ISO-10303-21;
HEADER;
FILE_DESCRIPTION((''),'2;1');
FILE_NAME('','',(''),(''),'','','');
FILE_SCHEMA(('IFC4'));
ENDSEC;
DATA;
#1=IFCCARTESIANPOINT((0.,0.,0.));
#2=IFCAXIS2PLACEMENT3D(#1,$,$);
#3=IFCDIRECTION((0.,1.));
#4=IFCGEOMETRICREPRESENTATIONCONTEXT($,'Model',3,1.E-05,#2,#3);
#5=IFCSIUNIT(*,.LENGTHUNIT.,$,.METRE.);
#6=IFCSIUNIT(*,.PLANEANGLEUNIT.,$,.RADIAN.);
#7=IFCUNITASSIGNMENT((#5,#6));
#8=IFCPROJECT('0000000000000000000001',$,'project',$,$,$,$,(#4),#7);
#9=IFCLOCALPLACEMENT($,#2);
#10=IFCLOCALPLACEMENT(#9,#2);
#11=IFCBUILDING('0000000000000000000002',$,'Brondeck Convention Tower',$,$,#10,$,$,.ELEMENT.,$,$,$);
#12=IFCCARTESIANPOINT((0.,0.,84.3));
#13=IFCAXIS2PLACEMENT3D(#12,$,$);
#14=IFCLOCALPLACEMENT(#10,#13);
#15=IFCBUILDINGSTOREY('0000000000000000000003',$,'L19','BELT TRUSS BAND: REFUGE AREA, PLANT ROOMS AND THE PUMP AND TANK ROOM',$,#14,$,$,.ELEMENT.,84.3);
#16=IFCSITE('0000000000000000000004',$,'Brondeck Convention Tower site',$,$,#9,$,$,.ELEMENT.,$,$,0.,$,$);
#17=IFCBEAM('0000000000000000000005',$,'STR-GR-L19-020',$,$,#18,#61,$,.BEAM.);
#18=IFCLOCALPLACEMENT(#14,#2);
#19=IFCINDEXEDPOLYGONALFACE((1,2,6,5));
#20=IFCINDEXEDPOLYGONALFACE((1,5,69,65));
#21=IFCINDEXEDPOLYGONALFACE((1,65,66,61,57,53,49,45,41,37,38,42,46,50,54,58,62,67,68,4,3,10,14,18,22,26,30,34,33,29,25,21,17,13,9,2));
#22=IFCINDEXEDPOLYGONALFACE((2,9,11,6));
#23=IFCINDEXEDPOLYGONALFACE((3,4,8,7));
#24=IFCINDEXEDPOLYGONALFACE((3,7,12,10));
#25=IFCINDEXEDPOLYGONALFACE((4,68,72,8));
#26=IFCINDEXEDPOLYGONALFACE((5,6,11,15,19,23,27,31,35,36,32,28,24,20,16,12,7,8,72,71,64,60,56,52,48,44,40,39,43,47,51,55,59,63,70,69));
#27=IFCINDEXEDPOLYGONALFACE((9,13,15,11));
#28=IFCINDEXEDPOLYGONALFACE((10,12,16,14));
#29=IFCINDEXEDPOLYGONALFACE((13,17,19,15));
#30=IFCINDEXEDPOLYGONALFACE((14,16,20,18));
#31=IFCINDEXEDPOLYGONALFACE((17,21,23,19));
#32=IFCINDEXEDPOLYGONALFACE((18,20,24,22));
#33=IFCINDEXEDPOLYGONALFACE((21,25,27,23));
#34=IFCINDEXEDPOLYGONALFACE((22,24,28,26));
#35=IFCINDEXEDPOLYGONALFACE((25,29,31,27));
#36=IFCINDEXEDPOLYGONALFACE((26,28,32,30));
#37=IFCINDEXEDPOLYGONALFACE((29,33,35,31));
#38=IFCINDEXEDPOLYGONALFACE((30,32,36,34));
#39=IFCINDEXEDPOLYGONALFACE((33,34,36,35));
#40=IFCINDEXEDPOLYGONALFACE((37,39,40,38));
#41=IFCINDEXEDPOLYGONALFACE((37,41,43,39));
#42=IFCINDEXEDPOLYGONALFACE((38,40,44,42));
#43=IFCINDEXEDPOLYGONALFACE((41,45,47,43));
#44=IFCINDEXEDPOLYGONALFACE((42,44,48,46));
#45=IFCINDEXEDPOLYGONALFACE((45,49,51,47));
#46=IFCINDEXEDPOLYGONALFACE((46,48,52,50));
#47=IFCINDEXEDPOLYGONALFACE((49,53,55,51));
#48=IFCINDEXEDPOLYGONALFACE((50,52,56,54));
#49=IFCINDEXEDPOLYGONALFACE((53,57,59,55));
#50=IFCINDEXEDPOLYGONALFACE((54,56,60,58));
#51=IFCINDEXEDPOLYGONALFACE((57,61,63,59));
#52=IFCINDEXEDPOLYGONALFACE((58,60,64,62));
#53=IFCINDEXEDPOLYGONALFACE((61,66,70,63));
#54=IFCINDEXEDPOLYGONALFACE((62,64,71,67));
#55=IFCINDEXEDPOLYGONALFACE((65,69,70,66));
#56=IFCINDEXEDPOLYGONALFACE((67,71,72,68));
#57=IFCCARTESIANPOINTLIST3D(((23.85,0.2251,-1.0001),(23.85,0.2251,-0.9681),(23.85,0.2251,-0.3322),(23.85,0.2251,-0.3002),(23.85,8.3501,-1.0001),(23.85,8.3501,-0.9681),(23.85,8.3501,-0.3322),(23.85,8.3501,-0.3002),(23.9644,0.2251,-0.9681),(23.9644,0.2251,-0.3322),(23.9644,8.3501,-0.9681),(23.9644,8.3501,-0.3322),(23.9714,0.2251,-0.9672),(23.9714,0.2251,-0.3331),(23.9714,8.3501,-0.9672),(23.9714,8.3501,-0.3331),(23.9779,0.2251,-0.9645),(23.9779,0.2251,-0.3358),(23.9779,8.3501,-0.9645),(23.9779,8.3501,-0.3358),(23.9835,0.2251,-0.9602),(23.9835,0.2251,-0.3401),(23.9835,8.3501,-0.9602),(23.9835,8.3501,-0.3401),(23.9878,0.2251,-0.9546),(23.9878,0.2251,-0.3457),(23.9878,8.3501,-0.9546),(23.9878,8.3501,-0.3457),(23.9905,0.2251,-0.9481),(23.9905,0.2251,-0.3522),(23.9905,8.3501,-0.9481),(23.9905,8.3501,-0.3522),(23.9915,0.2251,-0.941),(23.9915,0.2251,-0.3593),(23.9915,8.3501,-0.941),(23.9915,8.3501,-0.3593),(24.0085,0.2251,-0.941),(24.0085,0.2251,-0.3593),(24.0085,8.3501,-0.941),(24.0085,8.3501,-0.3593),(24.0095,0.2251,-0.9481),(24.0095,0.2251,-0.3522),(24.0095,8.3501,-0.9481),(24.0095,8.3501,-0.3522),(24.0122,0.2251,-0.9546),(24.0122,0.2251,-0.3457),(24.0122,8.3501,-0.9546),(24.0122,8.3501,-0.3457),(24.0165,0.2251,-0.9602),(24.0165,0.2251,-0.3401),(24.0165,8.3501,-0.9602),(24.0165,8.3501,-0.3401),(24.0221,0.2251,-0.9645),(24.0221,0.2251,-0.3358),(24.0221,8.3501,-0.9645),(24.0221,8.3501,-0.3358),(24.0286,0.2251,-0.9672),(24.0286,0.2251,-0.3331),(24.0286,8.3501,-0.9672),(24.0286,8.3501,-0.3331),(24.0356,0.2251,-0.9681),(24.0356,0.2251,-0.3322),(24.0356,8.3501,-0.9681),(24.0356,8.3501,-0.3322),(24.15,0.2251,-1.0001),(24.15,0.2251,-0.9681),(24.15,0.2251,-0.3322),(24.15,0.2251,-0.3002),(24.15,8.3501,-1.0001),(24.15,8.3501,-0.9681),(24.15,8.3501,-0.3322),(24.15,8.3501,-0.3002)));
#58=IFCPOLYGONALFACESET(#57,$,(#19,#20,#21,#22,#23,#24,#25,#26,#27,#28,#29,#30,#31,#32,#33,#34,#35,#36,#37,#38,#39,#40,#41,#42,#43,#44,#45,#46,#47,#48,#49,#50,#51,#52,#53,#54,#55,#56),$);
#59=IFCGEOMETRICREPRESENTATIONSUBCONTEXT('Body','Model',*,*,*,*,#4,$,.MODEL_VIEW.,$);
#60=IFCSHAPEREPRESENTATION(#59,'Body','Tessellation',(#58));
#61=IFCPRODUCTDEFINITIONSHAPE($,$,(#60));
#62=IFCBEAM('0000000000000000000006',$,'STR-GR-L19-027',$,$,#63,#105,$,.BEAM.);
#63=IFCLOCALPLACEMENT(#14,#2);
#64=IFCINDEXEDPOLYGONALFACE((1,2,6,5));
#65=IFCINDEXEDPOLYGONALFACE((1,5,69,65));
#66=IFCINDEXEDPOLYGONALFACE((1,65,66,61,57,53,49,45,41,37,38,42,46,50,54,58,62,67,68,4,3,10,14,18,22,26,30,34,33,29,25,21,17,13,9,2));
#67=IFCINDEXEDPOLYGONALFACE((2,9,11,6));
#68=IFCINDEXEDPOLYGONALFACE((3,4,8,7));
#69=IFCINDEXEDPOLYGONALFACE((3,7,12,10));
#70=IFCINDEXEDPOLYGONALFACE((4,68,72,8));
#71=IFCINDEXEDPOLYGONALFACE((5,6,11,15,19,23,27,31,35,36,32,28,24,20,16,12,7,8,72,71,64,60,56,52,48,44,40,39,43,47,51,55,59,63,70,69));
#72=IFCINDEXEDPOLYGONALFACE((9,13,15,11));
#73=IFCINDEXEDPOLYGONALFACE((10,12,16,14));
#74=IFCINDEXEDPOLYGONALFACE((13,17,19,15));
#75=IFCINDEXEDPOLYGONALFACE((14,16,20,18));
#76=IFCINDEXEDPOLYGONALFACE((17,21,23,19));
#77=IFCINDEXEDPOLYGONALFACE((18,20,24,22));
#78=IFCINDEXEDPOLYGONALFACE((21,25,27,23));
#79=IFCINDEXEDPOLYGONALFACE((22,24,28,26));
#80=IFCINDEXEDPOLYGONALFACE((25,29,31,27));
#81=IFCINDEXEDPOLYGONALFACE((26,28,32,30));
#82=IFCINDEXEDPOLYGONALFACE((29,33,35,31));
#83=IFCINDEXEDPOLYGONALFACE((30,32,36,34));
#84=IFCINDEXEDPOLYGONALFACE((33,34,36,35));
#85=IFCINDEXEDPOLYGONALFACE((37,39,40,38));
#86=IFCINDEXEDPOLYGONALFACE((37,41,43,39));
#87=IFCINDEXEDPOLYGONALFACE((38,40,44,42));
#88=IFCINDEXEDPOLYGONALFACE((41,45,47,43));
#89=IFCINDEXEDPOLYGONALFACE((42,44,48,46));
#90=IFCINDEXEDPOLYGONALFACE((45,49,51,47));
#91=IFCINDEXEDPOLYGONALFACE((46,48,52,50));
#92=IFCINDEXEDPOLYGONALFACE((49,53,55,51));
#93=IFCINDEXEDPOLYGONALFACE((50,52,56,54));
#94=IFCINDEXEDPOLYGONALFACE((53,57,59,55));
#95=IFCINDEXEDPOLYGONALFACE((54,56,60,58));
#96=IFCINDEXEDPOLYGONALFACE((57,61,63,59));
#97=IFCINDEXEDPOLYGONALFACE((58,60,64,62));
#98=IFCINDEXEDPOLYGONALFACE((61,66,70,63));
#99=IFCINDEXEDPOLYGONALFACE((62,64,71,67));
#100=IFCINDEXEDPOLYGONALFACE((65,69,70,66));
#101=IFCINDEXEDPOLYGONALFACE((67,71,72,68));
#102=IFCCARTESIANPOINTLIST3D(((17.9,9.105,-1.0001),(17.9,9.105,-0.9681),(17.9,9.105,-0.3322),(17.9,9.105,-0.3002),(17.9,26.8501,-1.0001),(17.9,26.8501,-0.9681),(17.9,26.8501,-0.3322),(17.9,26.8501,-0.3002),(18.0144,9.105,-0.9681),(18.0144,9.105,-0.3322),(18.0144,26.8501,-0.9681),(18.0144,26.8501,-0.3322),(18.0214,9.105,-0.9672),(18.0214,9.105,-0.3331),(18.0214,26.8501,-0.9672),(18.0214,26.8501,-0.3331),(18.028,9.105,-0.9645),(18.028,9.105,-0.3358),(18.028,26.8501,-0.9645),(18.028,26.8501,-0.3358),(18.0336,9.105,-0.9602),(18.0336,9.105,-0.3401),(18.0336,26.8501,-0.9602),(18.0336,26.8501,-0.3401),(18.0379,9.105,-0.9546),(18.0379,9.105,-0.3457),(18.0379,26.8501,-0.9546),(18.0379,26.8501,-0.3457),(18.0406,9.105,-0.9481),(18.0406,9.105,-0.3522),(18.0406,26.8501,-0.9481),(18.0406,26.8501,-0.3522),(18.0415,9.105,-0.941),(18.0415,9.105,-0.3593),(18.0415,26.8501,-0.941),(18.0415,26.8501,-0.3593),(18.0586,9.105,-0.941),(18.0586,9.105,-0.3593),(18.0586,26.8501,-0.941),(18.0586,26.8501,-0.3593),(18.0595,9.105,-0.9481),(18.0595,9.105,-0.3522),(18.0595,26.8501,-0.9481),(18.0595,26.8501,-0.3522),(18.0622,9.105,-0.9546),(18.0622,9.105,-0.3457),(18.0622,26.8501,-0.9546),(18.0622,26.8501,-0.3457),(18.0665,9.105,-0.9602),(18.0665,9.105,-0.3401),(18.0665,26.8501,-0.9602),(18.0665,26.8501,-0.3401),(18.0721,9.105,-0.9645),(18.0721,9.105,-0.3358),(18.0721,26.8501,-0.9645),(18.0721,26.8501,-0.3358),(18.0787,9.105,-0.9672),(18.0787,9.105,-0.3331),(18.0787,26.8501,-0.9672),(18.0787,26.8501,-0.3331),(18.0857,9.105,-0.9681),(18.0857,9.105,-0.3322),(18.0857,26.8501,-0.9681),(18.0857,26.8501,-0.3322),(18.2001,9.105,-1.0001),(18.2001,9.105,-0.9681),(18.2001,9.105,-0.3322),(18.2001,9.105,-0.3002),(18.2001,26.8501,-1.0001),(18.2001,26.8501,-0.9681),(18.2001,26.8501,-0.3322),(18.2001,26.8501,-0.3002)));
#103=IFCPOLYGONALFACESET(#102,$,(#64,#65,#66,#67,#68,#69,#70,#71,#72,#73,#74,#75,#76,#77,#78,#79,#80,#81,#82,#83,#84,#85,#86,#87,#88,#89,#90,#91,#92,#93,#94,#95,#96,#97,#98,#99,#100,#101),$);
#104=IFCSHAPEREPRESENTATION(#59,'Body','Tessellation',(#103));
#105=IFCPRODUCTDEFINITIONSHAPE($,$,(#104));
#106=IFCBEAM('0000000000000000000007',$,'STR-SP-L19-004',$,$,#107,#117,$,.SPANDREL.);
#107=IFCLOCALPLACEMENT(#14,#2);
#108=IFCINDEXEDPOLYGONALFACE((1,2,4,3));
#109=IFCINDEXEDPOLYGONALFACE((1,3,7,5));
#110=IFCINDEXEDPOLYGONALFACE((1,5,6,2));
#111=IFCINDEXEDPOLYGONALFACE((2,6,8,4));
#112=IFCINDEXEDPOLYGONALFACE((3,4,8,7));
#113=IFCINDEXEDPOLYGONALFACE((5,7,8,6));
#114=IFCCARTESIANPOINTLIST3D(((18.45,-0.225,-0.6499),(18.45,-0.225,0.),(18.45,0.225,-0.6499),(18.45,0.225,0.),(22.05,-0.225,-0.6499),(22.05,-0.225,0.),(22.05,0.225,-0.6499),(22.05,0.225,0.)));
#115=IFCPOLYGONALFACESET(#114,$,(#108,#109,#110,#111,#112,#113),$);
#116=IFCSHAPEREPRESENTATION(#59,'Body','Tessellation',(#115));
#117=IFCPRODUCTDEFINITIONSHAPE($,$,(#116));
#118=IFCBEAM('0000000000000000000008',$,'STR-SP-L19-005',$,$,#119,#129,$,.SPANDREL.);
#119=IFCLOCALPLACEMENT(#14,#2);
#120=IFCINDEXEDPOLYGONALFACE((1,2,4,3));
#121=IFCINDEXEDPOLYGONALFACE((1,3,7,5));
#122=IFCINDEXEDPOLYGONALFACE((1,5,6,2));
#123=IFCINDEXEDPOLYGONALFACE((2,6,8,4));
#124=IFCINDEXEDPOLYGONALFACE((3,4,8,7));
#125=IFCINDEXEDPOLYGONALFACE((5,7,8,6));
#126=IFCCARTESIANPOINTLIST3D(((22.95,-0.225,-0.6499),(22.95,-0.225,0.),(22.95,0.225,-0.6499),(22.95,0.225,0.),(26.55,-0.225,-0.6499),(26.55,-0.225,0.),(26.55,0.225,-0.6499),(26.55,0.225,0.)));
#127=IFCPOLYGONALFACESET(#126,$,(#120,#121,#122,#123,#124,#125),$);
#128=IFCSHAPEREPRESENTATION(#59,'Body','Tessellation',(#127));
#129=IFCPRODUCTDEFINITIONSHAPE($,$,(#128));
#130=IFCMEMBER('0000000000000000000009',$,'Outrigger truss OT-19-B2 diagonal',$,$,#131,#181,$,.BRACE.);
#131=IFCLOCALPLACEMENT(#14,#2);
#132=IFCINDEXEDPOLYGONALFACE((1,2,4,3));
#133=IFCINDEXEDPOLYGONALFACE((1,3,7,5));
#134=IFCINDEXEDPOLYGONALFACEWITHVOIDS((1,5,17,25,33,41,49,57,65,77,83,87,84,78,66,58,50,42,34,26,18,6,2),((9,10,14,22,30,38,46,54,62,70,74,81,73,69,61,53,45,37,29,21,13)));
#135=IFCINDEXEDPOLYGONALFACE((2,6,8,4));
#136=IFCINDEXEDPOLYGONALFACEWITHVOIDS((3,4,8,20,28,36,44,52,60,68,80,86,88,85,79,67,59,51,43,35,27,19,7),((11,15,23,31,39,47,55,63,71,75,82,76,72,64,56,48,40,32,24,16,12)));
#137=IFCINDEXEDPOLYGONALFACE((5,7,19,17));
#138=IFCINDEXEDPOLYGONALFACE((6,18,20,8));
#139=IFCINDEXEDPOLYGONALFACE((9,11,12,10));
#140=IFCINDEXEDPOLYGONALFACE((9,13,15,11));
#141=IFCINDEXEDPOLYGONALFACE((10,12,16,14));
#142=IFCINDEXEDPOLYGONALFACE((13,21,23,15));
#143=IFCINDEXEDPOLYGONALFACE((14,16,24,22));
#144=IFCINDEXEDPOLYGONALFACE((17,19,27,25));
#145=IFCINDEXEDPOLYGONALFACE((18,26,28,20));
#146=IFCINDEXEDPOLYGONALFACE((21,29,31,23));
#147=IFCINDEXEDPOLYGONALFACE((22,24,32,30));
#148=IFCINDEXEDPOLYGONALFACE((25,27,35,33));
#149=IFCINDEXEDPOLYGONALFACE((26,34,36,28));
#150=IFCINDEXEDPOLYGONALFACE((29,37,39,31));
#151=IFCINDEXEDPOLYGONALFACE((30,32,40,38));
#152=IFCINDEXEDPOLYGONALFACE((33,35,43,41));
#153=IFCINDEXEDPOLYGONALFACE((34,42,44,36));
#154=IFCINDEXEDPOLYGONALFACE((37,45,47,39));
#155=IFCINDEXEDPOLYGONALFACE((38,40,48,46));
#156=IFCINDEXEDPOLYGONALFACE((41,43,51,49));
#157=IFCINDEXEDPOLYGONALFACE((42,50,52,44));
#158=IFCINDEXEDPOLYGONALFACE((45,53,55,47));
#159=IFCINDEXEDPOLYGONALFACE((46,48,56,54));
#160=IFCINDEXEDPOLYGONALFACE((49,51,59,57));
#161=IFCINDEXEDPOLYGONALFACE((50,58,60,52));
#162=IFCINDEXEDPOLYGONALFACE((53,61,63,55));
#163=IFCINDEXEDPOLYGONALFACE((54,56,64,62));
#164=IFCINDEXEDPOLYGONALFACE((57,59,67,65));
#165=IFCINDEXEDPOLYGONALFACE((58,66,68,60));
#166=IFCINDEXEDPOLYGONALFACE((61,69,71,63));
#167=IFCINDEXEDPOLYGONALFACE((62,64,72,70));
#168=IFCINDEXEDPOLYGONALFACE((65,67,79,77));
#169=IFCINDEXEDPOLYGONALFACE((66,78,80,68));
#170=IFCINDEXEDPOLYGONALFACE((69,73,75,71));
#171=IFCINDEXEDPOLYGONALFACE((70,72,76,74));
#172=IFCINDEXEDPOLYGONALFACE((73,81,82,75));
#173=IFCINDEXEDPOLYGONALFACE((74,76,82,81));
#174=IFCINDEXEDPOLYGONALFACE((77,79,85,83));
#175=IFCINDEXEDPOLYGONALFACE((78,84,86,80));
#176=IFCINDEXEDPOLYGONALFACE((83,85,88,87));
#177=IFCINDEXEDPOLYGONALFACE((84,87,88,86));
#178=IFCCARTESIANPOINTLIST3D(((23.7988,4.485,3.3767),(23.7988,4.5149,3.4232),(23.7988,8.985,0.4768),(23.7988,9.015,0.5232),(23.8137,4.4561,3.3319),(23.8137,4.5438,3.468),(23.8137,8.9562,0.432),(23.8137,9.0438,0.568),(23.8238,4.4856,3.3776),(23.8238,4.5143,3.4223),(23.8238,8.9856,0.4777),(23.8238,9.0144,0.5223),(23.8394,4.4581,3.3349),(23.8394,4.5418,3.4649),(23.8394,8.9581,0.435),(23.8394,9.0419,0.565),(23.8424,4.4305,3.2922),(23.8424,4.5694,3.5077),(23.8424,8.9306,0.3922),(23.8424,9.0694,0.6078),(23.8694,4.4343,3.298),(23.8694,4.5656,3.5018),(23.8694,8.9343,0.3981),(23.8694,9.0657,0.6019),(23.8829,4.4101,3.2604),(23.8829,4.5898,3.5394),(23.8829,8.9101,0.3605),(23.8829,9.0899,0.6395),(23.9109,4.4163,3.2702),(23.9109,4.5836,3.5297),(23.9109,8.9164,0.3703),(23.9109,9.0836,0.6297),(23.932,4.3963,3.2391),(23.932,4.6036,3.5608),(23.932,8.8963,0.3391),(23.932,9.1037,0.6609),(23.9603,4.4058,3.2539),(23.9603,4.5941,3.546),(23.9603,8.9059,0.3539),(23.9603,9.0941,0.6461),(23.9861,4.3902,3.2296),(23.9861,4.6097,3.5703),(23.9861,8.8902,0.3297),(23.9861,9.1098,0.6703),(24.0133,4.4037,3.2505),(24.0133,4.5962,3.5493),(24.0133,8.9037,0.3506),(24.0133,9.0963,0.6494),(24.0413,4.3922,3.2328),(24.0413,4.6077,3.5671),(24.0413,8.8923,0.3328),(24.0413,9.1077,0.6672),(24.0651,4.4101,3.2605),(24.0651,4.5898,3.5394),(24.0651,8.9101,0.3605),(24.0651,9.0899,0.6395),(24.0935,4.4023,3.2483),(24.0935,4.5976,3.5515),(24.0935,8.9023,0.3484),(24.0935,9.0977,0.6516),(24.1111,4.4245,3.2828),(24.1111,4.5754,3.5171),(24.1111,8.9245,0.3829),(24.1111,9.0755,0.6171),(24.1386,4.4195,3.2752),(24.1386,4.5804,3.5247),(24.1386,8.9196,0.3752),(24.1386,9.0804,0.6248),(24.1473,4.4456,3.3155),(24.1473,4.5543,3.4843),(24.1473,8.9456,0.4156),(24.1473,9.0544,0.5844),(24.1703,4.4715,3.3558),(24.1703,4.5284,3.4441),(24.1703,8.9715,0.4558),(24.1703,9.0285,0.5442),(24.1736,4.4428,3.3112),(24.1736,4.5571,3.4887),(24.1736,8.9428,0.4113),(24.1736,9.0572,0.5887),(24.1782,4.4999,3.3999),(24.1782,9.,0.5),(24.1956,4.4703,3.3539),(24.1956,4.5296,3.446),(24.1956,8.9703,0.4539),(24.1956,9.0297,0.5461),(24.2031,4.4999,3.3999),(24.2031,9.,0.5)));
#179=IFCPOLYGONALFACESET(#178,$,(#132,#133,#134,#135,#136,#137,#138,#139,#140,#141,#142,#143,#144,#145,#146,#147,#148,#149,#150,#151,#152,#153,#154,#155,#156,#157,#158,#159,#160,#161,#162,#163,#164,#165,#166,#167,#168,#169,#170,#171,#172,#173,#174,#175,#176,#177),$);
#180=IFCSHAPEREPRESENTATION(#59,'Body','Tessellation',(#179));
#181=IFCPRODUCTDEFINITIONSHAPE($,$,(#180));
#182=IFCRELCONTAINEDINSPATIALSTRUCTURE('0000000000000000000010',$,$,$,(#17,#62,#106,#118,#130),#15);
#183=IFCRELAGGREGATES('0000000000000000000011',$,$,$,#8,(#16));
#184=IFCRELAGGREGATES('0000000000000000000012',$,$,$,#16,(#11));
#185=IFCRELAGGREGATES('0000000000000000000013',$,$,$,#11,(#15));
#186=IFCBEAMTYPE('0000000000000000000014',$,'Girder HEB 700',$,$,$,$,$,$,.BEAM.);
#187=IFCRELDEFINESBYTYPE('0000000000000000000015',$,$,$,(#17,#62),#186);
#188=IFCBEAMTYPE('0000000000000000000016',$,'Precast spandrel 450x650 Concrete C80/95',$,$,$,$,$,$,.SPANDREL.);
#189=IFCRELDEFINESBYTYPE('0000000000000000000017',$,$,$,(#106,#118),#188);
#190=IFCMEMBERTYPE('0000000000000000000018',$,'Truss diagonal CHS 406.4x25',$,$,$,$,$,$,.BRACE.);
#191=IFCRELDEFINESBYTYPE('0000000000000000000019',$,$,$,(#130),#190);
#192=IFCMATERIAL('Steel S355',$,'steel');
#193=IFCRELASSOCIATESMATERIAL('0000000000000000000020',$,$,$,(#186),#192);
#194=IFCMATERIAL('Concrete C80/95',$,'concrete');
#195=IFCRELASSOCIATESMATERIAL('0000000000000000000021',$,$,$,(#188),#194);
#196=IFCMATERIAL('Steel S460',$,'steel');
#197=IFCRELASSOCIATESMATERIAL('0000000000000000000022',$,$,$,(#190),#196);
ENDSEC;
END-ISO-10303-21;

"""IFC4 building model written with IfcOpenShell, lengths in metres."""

from ifc_helpers import new_model, si_unit, direction, frame, origin, origin_2d, place, context, subcontext, project, spatial, rectangle, hollow_circle, i_section, extrude, material, material_profile, profile_set, type_object, element, save


model = new_model("IFC4")

# Units and contexts
model_context = context("Model", 3, precision=1e-05, world=origin(), true_north=direction((0.0, 1.0)))
body_context = subcontext(model_context, "Body", "Model", "MODEL_VIEW")
ifc_project = project(units=[si_unit("LENGTHUNIT", "METRE"), si_unit("PLANEANGLEUNIT", "RADIAN")], contexts=[model_context])

# Site, building, storey
site_placement = place(None, origin())
site = spatial("IfcSite", under=ifc_project, at=site_placement, Name="Brondeck Convention Tower site", CompositionType="ELEMENT", RefElevation=0.0)
building_placement = place(site_placement, origin())
building = spatial("IfcBuilding", under=site, at=building_placement, Name="Brondeck Convention Tower", CompositionType="ELEMENT")
storey_placement = place(building_placement, frame((0.0, 0.0, 84.3)))
storey = spatial("IfcBuildingStorey", under=building, at=storey_placement, Name="L19", Description="BELT TRUSS BAND: REFUGE AREA, PLANT ROOMS AND THE PUMP AND TANK ROOM", CompositionType="ELEMENT", Elevation=84.3)

# Shared definitions
ifc_material_1 = material(Name="Concrete C80/95", Category="concrete")

# Shared definitions
ifc_material_2 = material(Name="Steel S460", Category="steel")

# Beams
ifc_material_3 = material(Name="Steel S355", Category="steel")
ifc_material_profile_1 = material_profile(ifc_material_3, i_section(OverallWidth=0.3, OverallDepth=0.7, WebThickness=0.0171, FlangeThickness=0.032, FilletRadius=0.0271, at=origin_2d()), Name="HEB 700")
ifc_profile_set_1 = profile_set([ifc_material_profile_1], Name="Steel S355")
beam_type_1 = type_object("IfcBeamType", Name="Girder HEB 700", PredefinedType="BEAM", material=ifc_profile_set_1)
beam_1_placement = place(storey_placement, frame((24.0, 8.3501, -0.6501), z_axis=(0.0, -1.0, 0.0), x_axis=(1.0, 0.0, 0.0)))
element("IfcBeam", 1, at=beam_1_placement, inside=storey, type_object=beam_type_1, Name="STR-GR-L19-020", PredefinedType="BEAM", context=body_context, shape_type="SweptSolid", body=[
    extrude(i_section(OverallWidth=0.3, OverallDepth=0.7, WebThickness=0.0171, FlangeThickness=0.032, FilletRadius=0.0271, at=origin_2d()), origin(), (0.0, 0.0, 1.0), 8.125),
])
beam_2_placement = place(storey_placement, frame((18.05, 9.105, -0.6501), z_axis=(0.0, 1.0, 0.0), x_axis=(-1.0, 0.0, 0.0)))
element("IfcBeam", 2, at=beam_2_placement, inside=storey, type_object=beam_type_1, Name="STR-GR-L19-027", PredefinedType="BEAM", context=body_context, shape_type="SweptSolid", body=[
    extrude(i_section(OverallWidth=0.3, OverallDepth=0.7, WebThickness=0.0171, FlangeThickness=0.032, FilletRadius=0.0271, at=origin_2d()), origin(), (0.0, 0.0, 1.0), 17.7451),
])
ifc_material_profile_2 = material_profile(ifc_material_1, rectangle(XDim=0.45, YDim=0.6499, at=origin_2d()), Name="Precast spandrel 450x650 Concrete C80/95")
ifc_profile_set_2 = profile_set([ifc_material_profile_2], Name="Concrete C80/95")
beam_type_2 = type_object("IfcBeamType", Name="Precast spandrel 450x650 Concrete C80/95", PredefinedType="SPANDREL", material=ifc_profile_set_2)
for number, where, z_axis, x_axis, name in (
    (3, (18.45, 0.0, -0.325), (1.0, 0.0, 0.0), (0.0, 1.0, 0.0), "STR-SP-L19-004"),
    (4, (22.95, 0.0, -0.325), (1.0, 0.0, 0.0), (0.0, 1.0, 0.0), "STR-SP-L19-005"),
):
    element("IfcBeam", number, at=place(storey_placement, frame(where, z_axis=z_axis, x_axis=x_axis)), inside=storey, type_object=beam_type_2, Name=name, PredefinedType="SPANDREL", context=body_context, shape_type="SweptSolid", body=[
        extrude(rectangle(XDim=0.45, YDim=0.6499, at=origin_2d()), origin(), (0.0, 0.0, 1.0), 3.6001),
    ])

# Member
ifc_material_profile_3 = material_profile(ifc_material_2, hollow_circle(Radius=0.2031, WallThickness=0.0249, at=origin_2d()), Name="CHS 406.4x25")
ifc_profile_set_3 = profile_set([ifc_material_profile_3], Name="Steel S460")
member_type_1 = type_object("IfcMemberType", Name="Truss diagonal CHS 406.4x25", PredefinedType="BRACE", material=ifc_profile_set_3)
for number, where, z_axis, x_axis, name in (
    (5, (24.0, 9.0, 0.5), (0.0, -0.840579, 0.541688), (1.0, 0.0, 0.0), "Outrigger truss OT-19-B2 diagonal"),
):
    element("IfcMember", number, at=place(storey_placement, frame(where, z_axis=z_axis, x_axis=x_axis)), inside=storey, type_object=member_type_1, Name=name, PredefinedType="BRACE", context=body_context, shape_type="SweptSolid", body=[
        extrude(hollow_circle(Radius=0.2031, WallThickness=0.0249, at=origin_2d()), origin(), (0.0, 0.0, 1.0), 5.3535),
    ])

save(model, "model.ifc")
